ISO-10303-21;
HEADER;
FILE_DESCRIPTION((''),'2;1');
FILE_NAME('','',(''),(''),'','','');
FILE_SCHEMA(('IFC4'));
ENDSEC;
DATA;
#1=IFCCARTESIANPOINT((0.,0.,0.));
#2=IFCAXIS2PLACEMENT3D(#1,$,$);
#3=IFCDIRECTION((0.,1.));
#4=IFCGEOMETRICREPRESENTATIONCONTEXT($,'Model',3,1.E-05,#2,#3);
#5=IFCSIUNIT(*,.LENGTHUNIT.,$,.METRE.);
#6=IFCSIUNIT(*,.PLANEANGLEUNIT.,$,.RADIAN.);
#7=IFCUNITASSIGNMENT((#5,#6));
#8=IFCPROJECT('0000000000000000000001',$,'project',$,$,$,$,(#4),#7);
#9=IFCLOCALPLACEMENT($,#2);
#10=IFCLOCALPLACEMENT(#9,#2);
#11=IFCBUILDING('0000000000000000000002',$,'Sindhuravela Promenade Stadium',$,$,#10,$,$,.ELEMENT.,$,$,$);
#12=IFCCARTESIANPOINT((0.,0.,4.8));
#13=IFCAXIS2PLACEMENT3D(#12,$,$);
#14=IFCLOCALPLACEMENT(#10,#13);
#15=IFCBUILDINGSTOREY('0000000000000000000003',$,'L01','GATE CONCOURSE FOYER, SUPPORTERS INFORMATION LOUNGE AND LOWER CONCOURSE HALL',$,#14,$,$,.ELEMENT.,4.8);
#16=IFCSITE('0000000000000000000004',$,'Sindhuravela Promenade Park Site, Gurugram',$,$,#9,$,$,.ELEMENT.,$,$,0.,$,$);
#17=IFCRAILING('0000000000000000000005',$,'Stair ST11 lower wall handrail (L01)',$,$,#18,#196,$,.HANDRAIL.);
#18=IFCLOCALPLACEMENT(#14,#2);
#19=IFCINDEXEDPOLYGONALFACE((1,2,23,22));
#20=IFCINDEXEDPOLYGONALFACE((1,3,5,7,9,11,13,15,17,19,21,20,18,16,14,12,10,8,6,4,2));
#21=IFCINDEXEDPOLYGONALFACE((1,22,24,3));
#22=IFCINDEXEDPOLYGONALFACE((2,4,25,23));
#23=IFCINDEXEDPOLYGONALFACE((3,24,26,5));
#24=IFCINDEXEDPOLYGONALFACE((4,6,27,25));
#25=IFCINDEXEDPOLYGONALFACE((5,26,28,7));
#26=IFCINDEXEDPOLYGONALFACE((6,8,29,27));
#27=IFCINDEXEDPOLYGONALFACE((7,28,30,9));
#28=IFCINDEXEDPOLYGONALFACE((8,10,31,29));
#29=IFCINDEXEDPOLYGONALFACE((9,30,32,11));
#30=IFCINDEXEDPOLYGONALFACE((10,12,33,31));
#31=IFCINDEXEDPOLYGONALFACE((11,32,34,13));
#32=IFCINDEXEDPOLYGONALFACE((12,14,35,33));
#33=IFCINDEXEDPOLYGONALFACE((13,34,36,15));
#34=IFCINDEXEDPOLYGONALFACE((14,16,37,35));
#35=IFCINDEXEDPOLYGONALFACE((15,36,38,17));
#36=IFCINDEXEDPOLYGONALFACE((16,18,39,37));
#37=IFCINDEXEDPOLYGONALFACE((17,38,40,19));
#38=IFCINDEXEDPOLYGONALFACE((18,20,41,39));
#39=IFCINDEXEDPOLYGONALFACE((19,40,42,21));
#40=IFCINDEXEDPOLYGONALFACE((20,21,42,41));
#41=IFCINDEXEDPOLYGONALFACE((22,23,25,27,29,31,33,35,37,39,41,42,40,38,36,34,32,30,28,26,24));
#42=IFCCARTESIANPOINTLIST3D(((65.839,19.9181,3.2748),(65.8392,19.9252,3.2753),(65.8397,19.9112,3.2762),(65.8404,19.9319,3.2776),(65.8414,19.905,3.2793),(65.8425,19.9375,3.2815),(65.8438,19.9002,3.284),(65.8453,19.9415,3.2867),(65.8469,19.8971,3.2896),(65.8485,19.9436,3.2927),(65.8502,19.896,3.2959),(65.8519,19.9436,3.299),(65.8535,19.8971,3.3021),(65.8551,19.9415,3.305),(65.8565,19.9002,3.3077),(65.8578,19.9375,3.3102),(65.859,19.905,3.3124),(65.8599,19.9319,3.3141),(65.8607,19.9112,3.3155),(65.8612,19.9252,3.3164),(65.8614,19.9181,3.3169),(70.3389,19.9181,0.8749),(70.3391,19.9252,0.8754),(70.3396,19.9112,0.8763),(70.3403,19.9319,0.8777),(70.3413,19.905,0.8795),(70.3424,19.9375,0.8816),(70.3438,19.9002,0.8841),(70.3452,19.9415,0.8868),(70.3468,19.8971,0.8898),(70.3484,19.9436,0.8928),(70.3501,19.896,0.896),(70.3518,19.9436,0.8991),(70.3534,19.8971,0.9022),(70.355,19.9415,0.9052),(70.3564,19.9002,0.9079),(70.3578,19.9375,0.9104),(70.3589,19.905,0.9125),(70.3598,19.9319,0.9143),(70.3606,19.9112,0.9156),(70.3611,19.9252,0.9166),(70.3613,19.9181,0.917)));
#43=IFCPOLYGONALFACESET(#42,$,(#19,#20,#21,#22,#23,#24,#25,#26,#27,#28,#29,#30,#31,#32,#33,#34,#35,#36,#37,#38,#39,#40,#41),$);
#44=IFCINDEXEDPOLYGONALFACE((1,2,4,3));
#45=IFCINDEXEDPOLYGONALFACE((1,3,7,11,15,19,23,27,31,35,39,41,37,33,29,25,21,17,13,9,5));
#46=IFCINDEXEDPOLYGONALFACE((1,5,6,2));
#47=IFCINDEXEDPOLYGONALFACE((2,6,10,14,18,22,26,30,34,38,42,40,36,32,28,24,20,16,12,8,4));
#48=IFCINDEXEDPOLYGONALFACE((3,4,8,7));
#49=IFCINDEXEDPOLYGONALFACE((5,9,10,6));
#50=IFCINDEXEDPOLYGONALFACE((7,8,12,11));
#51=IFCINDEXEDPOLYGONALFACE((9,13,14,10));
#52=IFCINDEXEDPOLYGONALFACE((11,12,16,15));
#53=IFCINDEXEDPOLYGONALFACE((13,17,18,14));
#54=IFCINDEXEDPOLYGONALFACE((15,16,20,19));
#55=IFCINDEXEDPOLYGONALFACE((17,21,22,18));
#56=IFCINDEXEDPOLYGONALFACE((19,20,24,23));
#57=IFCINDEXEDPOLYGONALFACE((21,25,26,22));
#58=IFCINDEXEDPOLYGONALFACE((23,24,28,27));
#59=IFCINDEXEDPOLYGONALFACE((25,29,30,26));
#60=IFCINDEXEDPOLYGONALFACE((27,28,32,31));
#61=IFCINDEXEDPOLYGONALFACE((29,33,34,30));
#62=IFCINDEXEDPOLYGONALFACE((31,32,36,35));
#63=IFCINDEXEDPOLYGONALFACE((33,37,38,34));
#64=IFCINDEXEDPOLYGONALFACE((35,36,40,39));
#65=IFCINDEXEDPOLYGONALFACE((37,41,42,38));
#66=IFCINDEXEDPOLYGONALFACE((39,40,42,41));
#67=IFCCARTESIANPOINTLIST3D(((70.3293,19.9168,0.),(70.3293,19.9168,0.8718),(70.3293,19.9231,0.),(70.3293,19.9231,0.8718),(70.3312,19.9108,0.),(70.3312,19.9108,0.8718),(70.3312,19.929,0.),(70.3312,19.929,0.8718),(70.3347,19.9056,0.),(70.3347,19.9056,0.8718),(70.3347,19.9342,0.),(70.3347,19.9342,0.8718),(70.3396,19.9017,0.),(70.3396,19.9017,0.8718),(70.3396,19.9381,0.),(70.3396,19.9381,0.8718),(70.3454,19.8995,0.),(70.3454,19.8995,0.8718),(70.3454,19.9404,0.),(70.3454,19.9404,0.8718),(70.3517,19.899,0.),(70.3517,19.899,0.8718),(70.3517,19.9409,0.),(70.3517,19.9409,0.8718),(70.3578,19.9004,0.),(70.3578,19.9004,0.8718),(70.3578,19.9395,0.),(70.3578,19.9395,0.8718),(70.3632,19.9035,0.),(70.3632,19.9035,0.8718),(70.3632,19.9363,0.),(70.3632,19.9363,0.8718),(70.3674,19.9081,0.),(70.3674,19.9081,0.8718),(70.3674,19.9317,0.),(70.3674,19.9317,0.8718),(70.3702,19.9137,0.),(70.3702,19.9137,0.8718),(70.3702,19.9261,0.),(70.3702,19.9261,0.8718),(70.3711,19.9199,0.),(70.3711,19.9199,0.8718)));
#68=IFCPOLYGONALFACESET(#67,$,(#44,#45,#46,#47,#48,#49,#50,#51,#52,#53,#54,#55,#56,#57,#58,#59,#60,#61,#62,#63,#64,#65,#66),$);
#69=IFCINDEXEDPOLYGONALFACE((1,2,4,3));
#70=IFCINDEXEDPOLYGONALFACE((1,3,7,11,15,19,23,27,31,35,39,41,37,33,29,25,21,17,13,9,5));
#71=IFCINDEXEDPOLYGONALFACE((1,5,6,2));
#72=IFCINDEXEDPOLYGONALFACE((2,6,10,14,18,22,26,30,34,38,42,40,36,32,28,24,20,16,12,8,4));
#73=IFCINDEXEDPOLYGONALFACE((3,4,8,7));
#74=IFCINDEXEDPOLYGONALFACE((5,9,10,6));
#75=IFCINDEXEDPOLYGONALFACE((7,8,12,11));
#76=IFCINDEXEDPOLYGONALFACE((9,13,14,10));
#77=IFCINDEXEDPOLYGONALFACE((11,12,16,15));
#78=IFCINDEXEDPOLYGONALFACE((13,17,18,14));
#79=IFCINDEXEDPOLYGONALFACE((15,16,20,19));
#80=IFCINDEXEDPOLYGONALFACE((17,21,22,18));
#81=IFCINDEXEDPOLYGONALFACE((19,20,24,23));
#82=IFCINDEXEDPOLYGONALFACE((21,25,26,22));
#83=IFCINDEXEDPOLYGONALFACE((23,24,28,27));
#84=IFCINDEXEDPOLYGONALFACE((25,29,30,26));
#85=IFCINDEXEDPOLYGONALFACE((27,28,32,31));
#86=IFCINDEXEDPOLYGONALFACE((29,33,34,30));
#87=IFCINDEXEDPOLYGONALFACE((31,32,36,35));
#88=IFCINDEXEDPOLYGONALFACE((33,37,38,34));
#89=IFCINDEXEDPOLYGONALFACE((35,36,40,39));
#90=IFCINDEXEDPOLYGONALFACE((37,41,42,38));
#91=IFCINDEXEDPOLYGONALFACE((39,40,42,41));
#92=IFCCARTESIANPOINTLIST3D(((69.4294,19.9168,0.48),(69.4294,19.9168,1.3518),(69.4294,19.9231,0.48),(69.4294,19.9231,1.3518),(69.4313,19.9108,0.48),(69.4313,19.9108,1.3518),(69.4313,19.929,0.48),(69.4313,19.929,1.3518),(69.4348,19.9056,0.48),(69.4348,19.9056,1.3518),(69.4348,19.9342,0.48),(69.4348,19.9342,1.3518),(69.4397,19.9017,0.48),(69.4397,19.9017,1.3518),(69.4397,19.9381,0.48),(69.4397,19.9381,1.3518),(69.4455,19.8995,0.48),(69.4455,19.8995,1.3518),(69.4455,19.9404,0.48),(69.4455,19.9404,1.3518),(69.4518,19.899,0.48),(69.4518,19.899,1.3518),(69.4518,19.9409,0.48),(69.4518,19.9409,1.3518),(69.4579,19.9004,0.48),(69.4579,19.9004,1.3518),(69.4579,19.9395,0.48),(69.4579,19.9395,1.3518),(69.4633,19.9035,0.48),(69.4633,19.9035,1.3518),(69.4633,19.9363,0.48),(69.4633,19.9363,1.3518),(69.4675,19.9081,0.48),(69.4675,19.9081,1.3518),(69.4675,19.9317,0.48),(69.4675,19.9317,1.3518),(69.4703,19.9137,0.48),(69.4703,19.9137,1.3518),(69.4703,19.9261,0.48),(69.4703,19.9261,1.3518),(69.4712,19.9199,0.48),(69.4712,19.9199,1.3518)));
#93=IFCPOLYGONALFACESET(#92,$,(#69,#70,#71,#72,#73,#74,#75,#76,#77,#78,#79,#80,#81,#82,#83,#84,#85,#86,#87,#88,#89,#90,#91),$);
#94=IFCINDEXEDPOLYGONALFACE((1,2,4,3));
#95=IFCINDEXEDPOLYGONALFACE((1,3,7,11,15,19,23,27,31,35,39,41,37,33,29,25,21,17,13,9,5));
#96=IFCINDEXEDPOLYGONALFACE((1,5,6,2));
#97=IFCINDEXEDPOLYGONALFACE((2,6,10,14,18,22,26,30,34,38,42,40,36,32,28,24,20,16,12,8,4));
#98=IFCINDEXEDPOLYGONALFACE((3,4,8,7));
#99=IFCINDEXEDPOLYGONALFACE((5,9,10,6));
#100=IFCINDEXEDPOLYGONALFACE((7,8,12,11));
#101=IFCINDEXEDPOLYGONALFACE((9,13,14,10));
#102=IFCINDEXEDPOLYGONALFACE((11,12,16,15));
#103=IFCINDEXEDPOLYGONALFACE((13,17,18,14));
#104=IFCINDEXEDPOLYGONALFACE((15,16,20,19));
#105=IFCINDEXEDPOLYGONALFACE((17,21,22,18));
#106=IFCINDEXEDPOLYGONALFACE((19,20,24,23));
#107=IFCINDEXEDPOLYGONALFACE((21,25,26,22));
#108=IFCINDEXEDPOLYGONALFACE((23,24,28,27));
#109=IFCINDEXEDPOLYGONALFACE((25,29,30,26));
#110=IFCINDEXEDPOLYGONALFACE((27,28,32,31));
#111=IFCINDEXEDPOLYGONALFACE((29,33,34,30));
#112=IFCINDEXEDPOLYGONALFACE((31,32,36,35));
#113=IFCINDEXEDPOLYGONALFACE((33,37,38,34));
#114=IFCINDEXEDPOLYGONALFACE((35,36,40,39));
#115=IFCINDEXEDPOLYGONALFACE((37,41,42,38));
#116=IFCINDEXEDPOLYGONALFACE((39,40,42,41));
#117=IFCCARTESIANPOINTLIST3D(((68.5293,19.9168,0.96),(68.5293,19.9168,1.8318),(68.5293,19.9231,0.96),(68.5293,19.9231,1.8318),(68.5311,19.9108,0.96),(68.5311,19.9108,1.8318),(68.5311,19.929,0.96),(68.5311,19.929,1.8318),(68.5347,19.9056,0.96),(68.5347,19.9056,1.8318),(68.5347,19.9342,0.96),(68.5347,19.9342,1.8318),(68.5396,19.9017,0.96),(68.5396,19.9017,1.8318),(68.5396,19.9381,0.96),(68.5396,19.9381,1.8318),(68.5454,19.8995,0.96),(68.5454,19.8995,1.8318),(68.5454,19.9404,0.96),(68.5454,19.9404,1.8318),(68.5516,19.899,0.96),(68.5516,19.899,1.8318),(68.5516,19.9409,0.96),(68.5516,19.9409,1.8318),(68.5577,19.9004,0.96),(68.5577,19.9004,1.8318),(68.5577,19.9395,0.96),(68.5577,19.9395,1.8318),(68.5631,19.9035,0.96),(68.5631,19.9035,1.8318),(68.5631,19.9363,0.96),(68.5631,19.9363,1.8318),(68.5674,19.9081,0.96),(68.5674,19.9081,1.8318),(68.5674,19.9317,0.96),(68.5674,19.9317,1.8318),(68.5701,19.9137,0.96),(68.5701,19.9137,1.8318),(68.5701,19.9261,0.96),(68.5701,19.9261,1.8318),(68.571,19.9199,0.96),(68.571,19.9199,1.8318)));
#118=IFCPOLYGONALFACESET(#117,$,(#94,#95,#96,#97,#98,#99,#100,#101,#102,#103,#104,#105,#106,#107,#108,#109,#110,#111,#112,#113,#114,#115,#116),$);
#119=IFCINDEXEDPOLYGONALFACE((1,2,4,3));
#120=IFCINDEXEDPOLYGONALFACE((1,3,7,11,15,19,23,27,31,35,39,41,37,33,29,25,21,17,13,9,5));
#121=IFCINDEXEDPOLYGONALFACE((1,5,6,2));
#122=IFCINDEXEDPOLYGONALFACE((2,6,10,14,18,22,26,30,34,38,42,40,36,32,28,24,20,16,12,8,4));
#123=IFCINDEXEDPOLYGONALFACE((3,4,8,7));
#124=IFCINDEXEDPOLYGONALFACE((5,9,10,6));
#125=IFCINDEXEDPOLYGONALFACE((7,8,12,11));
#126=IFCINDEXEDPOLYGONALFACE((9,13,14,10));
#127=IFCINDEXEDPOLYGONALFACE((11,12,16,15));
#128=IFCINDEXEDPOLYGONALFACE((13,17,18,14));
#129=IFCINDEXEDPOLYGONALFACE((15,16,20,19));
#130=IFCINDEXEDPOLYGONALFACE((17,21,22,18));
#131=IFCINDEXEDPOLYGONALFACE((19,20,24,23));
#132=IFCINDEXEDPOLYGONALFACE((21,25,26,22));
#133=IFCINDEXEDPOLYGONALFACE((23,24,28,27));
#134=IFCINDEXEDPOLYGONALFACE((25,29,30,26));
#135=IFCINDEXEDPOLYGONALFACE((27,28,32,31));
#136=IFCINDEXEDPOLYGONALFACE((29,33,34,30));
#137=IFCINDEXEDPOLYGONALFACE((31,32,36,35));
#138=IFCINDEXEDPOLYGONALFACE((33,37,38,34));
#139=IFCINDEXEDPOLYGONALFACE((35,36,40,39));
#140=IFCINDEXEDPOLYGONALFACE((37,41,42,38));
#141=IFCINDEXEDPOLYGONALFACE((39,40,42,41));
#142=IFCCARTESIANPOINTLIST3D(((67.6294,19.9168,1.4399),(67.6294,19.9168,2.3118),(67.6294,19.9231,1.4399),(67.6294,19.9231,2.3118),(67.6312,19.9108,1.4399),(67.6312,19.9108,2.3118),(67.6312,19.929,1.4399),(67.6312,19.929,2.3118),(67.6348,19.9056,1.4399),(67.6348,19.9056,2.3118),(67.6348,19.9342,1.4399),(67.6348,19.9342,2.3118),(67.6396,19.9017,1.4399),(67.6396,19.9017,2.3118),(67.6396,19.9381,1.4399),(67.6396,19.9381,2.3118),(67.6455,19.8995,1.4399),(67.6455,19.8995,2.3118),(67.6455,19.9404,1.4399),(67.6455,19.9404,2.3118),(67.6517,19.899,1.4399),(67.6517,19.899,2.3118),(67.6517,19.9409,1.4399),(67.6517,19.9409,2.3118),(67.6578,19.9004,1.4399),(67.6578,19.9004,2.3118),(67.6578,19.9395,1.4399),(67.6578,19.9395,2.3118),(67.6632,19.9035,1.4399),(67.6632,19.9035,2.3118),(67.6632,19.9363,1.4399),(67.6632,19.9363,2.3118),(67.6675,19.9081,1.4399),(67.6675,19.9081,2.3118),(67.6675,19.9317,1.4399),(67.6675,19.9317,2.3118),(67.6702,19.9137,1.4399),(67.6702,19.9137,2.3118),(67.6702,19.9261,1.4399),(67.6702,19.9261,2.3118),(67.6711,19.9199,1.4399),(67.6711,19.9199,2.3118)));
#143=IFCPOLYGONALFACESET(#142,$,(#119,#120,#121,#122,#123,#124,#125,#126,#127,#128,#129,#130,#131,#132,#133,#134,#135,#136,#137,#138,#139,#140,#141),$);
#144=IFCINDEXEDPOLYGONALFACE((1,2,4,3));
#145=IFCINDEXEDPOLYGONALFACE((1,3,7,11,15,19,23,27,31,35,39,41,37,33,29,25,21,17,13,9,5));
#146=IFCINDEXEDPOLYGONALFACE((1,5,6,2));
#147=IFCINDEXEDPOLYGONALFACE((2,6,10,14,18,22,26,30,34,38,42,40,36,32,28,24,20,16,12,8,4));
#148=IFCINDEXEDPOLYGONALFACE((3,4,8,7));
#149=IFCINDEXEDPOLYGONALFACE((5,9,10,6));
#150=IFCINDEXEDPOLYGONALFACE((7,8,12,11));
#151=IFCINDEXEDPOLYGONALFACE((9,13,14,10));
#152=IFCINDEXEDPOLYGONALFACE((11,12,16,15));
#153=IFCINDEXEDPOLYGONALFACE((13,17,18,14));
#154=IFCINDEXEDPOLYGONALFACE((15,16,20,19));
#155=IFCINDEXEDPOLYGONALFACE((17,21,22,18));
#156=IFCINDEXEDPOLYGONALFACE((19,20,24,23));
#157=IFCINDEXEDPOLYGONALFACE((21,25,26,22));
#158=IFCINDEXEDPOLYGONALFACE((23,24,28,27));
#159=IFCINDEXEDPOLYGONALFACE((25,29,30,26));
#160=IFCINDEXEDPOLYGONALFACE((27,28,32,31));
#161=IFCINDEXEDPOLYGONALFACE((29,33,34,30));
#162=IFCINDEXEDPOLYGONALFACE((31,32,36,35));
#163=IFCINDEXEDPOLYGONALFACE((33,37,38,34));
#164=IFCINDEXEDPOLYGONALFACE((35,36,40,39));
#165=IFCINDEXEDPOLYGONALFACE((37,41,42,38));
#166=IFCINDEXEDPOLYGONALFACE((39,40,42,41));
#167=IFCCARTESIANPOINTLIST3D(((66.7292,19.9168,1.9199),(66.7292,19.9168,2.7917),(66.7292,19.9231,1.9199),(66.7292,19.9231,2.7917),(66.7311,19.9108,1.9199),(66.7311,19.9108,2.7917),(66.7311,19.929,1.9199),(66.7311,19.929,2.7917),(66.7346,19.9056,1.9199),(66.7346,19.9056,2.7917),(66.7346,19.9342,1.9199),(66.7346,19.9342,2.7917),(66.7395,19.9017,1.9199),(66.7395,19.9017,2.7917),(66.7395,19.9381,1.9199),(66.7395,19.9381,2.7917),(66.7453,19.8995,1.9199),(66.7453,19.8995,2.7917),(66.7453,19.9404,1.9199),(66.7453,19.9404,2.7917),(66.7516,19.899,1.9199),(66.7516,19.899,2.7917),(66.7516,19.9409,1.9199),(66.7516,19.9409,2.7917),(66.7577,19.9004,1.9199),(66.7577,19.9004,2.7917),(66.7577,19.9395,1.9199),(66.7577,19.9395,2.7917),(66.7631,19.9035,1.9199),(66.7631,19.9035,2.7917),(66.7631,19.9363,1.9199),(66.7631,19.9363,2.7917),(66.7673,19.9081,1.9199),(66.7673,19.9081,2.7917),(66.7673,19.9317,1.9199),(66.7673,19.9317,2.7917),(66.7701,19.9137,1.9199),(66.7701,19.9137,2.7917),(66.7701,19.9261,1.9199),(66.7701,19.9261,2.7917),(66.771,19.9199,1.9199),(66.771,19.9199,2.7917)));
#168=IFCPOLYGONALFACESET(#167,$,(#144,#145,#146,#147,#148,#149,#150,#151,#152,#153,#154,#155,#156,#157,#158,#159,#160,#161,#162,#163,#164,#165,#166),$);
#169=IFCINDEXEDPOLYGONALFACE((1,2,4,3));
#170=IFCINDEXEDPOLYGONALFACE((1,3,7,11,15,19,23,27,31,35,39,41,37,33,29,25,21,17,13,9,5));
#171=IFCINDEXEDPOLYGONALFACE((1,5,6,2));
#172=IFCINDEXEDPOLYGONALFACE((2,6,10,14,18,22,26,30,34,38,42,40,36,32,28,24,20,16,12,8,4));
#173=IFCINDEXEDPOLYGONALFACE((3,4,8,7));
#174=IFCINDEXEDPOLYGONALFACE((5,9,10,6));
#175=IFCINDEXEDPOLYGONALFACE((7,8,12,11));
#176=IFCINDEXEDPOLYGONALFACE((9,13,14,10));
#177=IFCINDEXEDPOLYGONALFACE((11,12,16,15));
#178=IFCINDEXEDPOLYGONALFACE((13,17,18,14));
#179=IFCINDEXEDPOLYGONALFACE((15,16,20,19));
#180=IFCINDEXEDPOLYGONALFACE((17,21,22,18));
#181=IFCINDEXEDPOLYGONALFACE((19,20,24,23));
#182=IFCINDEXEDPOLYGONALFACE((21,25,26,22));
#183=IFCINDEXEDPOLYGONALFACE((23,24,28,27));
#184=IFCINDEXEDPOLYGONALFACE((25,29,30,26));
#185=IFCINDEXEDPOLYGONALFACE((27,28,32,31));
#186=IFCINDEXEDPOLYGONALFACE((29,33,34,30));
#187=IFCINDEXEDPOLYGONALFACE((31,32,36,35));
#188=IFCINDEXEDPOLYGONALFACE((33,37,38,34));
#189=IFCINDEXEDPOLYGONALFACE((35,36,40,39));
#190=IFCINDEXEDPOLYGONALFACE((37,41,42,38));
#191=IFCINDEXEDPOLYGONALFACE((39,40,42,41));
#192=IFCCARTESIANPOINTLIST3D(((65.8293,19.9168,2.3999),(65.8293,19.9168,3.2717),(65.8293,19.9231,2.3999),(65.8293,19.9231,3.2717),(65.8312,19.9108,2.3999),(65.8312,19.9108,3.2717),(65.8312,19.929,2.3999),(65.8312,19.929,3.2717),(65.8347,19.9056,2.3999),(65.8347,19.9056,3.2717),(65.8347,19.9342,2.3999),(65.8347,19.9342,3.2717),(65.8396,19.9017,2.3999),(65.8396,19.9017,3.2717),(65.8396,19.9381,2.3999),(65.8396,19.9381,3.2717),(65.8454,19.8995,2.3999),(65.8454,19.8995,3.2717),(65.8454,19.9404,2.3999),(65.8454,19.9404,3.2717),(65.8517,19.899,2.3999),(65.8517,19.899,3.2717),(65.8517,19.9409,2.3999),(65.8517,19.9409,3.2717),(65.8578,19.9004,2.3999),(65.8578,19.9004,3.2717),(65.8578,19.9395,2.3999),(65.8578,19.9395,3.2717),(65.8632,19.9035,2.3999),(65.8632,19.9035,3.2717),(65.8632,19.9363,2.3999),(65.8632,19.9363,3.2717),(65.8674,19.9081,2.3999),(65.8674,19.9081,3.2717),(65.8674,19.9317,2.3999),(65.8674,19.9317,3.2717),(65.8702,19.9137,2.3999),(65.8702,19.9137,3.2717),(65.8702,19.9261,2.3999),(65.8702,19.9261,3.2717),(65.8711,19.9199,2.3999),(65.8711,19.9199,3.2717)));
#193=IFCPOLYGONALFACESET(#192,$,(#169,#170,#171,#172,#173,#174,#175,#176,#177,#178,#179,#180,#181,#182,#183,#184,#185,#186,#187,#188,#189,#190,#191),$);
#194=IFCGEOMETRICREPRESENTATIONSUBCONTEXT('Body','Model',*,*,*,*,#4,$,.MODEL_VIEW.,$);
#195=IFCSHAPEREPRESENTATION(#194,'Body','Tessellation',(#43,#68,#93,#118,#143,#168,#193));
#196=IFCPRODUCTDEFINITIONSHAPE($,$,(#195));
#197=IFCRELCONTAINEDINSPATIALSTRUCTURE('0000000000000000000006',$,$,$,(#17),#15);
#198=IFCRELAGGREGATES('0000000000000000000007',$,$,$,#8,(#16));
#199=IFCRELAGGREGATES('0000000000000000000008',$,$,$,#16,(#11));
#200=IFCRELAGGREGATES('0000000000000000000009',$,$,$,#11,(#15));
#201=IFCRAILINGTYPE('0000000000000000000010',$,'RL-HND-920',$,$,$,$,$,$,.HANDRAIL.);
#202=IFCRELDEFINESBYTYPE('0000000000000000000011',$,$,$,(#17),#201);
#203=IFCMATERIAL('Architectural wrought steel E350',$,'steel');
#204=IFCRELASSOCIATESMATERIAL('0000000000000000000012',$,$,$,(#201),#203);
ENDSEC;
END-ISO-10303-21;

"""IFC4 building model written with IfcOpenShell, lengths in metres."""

from ifc_helpers import new_model, si_unit, direction, frame, origin, origin_2d, place, context, subcontext, project, spatial, circle, extrude, material, type_object, element, save


model = new_model("IFC4")

# Units and contexts
model_context = context("Model", 3, precision=1e-05, world=origin(), true_north=direction((0.0, 1.0)))
body_context = subcontext(model_context, "Body", "Model", "MODEL_VIEW")
ifc_project = project(units=[si_unit("LENGTHUNIT", "METRE"), si_unit("PLANEANGLEUNIT", "RADIAN")], contexts=[model_context])

# Site, building, storey
site_placement = place(None, origin())
site = spatial("IfcSite", under=ifc_project, at=site_placement, Name="Sindhuravela Promenade Park Site, Gurugram", CompositionType="ELEMENT", RefElevation=0.0)
building_placement = place(site_placement, origin())
building = spatial("IfcBuilding", under=site, at=building_placement, Name="Sindhuravela Promenade Stadium", CompositionType="ELEMENT")
storey_placement = place(building_placement, frame((0.0, 0.0, 4.8)))
storey = spatial("IfcBuildingStorey", under=building, at=storey_placement, Name="L01", Description="GATE CONCOURSE FOYER, SUPPORTERS INFORMATION LOUNGE AND LOWER CONCOURSE HALL", CompositionType="ELEMENT", Elevation=4.8)

# Shared definitions
ifc_material_1 = material(Name="Architectural wrought steel E350", Category="steel")

# Railing
railing_type_1 = type_object("IfcRailingType", Name="RL-HND-920", PredefinedType="HANDRAIL", material=ifc_material_1)
railing_1_placement = place(storey_placement, frame((70.3501, 19.9199, 0.0)))
element("IfcRailing", 1, at=railing_1_placement, inside=storey, type_object=railing_type_1, Name="Stair ST11 lower wall handrail (L01)", PredefinedType="HANDRAIL", context=body_context, shape_type="SweptSolid", body=[
    extrude(circle(Radius=0.0239, at=origin_2d()), frame((0.0, 0.0, 0.896), z_axis=(-0.882361, 0.0, 0.470573), x_axis=(0.0, -1.0, 0.0)), (0.0, 0.0, 1.0), 5.0999),
    extrude(circle(Radius=0.021, at=origin_2d()), origin(), (0.0, 0.0, 1.0), 0.8718),
    extrude(circle(Radius=0.021, at=origin_2d()), frame((-0.8999, 0.0, 0.48)), (0.0, 0.0, 1.0), 0.8718),
    extrude(circle(Radius=0.021, at=origin_2d()), frame((-1.8, 0.0, 0.96)), (0.0, 0.0, 1.0), 0.8718),
    extrude(circle(Radius=0.021, at=origin_2d()), frame((-2.7, 0.0, 1.4399)), (0.0, 0.0, 1.0), 0.8718),
    extrude(circle(Radius=0.021, at=origin_2d()), frame((-3.6001, 0.0, 1.9199)), (0.0, 0.0, 1.0), 0.8718),
    extrude(circle(Radius=0.021, at=origin_2d()), frame((-4.5, 0.0, 2.3999)), (0.0, 0.0, 1.0), 0.8718),
])

save(model, "model.ifc")
